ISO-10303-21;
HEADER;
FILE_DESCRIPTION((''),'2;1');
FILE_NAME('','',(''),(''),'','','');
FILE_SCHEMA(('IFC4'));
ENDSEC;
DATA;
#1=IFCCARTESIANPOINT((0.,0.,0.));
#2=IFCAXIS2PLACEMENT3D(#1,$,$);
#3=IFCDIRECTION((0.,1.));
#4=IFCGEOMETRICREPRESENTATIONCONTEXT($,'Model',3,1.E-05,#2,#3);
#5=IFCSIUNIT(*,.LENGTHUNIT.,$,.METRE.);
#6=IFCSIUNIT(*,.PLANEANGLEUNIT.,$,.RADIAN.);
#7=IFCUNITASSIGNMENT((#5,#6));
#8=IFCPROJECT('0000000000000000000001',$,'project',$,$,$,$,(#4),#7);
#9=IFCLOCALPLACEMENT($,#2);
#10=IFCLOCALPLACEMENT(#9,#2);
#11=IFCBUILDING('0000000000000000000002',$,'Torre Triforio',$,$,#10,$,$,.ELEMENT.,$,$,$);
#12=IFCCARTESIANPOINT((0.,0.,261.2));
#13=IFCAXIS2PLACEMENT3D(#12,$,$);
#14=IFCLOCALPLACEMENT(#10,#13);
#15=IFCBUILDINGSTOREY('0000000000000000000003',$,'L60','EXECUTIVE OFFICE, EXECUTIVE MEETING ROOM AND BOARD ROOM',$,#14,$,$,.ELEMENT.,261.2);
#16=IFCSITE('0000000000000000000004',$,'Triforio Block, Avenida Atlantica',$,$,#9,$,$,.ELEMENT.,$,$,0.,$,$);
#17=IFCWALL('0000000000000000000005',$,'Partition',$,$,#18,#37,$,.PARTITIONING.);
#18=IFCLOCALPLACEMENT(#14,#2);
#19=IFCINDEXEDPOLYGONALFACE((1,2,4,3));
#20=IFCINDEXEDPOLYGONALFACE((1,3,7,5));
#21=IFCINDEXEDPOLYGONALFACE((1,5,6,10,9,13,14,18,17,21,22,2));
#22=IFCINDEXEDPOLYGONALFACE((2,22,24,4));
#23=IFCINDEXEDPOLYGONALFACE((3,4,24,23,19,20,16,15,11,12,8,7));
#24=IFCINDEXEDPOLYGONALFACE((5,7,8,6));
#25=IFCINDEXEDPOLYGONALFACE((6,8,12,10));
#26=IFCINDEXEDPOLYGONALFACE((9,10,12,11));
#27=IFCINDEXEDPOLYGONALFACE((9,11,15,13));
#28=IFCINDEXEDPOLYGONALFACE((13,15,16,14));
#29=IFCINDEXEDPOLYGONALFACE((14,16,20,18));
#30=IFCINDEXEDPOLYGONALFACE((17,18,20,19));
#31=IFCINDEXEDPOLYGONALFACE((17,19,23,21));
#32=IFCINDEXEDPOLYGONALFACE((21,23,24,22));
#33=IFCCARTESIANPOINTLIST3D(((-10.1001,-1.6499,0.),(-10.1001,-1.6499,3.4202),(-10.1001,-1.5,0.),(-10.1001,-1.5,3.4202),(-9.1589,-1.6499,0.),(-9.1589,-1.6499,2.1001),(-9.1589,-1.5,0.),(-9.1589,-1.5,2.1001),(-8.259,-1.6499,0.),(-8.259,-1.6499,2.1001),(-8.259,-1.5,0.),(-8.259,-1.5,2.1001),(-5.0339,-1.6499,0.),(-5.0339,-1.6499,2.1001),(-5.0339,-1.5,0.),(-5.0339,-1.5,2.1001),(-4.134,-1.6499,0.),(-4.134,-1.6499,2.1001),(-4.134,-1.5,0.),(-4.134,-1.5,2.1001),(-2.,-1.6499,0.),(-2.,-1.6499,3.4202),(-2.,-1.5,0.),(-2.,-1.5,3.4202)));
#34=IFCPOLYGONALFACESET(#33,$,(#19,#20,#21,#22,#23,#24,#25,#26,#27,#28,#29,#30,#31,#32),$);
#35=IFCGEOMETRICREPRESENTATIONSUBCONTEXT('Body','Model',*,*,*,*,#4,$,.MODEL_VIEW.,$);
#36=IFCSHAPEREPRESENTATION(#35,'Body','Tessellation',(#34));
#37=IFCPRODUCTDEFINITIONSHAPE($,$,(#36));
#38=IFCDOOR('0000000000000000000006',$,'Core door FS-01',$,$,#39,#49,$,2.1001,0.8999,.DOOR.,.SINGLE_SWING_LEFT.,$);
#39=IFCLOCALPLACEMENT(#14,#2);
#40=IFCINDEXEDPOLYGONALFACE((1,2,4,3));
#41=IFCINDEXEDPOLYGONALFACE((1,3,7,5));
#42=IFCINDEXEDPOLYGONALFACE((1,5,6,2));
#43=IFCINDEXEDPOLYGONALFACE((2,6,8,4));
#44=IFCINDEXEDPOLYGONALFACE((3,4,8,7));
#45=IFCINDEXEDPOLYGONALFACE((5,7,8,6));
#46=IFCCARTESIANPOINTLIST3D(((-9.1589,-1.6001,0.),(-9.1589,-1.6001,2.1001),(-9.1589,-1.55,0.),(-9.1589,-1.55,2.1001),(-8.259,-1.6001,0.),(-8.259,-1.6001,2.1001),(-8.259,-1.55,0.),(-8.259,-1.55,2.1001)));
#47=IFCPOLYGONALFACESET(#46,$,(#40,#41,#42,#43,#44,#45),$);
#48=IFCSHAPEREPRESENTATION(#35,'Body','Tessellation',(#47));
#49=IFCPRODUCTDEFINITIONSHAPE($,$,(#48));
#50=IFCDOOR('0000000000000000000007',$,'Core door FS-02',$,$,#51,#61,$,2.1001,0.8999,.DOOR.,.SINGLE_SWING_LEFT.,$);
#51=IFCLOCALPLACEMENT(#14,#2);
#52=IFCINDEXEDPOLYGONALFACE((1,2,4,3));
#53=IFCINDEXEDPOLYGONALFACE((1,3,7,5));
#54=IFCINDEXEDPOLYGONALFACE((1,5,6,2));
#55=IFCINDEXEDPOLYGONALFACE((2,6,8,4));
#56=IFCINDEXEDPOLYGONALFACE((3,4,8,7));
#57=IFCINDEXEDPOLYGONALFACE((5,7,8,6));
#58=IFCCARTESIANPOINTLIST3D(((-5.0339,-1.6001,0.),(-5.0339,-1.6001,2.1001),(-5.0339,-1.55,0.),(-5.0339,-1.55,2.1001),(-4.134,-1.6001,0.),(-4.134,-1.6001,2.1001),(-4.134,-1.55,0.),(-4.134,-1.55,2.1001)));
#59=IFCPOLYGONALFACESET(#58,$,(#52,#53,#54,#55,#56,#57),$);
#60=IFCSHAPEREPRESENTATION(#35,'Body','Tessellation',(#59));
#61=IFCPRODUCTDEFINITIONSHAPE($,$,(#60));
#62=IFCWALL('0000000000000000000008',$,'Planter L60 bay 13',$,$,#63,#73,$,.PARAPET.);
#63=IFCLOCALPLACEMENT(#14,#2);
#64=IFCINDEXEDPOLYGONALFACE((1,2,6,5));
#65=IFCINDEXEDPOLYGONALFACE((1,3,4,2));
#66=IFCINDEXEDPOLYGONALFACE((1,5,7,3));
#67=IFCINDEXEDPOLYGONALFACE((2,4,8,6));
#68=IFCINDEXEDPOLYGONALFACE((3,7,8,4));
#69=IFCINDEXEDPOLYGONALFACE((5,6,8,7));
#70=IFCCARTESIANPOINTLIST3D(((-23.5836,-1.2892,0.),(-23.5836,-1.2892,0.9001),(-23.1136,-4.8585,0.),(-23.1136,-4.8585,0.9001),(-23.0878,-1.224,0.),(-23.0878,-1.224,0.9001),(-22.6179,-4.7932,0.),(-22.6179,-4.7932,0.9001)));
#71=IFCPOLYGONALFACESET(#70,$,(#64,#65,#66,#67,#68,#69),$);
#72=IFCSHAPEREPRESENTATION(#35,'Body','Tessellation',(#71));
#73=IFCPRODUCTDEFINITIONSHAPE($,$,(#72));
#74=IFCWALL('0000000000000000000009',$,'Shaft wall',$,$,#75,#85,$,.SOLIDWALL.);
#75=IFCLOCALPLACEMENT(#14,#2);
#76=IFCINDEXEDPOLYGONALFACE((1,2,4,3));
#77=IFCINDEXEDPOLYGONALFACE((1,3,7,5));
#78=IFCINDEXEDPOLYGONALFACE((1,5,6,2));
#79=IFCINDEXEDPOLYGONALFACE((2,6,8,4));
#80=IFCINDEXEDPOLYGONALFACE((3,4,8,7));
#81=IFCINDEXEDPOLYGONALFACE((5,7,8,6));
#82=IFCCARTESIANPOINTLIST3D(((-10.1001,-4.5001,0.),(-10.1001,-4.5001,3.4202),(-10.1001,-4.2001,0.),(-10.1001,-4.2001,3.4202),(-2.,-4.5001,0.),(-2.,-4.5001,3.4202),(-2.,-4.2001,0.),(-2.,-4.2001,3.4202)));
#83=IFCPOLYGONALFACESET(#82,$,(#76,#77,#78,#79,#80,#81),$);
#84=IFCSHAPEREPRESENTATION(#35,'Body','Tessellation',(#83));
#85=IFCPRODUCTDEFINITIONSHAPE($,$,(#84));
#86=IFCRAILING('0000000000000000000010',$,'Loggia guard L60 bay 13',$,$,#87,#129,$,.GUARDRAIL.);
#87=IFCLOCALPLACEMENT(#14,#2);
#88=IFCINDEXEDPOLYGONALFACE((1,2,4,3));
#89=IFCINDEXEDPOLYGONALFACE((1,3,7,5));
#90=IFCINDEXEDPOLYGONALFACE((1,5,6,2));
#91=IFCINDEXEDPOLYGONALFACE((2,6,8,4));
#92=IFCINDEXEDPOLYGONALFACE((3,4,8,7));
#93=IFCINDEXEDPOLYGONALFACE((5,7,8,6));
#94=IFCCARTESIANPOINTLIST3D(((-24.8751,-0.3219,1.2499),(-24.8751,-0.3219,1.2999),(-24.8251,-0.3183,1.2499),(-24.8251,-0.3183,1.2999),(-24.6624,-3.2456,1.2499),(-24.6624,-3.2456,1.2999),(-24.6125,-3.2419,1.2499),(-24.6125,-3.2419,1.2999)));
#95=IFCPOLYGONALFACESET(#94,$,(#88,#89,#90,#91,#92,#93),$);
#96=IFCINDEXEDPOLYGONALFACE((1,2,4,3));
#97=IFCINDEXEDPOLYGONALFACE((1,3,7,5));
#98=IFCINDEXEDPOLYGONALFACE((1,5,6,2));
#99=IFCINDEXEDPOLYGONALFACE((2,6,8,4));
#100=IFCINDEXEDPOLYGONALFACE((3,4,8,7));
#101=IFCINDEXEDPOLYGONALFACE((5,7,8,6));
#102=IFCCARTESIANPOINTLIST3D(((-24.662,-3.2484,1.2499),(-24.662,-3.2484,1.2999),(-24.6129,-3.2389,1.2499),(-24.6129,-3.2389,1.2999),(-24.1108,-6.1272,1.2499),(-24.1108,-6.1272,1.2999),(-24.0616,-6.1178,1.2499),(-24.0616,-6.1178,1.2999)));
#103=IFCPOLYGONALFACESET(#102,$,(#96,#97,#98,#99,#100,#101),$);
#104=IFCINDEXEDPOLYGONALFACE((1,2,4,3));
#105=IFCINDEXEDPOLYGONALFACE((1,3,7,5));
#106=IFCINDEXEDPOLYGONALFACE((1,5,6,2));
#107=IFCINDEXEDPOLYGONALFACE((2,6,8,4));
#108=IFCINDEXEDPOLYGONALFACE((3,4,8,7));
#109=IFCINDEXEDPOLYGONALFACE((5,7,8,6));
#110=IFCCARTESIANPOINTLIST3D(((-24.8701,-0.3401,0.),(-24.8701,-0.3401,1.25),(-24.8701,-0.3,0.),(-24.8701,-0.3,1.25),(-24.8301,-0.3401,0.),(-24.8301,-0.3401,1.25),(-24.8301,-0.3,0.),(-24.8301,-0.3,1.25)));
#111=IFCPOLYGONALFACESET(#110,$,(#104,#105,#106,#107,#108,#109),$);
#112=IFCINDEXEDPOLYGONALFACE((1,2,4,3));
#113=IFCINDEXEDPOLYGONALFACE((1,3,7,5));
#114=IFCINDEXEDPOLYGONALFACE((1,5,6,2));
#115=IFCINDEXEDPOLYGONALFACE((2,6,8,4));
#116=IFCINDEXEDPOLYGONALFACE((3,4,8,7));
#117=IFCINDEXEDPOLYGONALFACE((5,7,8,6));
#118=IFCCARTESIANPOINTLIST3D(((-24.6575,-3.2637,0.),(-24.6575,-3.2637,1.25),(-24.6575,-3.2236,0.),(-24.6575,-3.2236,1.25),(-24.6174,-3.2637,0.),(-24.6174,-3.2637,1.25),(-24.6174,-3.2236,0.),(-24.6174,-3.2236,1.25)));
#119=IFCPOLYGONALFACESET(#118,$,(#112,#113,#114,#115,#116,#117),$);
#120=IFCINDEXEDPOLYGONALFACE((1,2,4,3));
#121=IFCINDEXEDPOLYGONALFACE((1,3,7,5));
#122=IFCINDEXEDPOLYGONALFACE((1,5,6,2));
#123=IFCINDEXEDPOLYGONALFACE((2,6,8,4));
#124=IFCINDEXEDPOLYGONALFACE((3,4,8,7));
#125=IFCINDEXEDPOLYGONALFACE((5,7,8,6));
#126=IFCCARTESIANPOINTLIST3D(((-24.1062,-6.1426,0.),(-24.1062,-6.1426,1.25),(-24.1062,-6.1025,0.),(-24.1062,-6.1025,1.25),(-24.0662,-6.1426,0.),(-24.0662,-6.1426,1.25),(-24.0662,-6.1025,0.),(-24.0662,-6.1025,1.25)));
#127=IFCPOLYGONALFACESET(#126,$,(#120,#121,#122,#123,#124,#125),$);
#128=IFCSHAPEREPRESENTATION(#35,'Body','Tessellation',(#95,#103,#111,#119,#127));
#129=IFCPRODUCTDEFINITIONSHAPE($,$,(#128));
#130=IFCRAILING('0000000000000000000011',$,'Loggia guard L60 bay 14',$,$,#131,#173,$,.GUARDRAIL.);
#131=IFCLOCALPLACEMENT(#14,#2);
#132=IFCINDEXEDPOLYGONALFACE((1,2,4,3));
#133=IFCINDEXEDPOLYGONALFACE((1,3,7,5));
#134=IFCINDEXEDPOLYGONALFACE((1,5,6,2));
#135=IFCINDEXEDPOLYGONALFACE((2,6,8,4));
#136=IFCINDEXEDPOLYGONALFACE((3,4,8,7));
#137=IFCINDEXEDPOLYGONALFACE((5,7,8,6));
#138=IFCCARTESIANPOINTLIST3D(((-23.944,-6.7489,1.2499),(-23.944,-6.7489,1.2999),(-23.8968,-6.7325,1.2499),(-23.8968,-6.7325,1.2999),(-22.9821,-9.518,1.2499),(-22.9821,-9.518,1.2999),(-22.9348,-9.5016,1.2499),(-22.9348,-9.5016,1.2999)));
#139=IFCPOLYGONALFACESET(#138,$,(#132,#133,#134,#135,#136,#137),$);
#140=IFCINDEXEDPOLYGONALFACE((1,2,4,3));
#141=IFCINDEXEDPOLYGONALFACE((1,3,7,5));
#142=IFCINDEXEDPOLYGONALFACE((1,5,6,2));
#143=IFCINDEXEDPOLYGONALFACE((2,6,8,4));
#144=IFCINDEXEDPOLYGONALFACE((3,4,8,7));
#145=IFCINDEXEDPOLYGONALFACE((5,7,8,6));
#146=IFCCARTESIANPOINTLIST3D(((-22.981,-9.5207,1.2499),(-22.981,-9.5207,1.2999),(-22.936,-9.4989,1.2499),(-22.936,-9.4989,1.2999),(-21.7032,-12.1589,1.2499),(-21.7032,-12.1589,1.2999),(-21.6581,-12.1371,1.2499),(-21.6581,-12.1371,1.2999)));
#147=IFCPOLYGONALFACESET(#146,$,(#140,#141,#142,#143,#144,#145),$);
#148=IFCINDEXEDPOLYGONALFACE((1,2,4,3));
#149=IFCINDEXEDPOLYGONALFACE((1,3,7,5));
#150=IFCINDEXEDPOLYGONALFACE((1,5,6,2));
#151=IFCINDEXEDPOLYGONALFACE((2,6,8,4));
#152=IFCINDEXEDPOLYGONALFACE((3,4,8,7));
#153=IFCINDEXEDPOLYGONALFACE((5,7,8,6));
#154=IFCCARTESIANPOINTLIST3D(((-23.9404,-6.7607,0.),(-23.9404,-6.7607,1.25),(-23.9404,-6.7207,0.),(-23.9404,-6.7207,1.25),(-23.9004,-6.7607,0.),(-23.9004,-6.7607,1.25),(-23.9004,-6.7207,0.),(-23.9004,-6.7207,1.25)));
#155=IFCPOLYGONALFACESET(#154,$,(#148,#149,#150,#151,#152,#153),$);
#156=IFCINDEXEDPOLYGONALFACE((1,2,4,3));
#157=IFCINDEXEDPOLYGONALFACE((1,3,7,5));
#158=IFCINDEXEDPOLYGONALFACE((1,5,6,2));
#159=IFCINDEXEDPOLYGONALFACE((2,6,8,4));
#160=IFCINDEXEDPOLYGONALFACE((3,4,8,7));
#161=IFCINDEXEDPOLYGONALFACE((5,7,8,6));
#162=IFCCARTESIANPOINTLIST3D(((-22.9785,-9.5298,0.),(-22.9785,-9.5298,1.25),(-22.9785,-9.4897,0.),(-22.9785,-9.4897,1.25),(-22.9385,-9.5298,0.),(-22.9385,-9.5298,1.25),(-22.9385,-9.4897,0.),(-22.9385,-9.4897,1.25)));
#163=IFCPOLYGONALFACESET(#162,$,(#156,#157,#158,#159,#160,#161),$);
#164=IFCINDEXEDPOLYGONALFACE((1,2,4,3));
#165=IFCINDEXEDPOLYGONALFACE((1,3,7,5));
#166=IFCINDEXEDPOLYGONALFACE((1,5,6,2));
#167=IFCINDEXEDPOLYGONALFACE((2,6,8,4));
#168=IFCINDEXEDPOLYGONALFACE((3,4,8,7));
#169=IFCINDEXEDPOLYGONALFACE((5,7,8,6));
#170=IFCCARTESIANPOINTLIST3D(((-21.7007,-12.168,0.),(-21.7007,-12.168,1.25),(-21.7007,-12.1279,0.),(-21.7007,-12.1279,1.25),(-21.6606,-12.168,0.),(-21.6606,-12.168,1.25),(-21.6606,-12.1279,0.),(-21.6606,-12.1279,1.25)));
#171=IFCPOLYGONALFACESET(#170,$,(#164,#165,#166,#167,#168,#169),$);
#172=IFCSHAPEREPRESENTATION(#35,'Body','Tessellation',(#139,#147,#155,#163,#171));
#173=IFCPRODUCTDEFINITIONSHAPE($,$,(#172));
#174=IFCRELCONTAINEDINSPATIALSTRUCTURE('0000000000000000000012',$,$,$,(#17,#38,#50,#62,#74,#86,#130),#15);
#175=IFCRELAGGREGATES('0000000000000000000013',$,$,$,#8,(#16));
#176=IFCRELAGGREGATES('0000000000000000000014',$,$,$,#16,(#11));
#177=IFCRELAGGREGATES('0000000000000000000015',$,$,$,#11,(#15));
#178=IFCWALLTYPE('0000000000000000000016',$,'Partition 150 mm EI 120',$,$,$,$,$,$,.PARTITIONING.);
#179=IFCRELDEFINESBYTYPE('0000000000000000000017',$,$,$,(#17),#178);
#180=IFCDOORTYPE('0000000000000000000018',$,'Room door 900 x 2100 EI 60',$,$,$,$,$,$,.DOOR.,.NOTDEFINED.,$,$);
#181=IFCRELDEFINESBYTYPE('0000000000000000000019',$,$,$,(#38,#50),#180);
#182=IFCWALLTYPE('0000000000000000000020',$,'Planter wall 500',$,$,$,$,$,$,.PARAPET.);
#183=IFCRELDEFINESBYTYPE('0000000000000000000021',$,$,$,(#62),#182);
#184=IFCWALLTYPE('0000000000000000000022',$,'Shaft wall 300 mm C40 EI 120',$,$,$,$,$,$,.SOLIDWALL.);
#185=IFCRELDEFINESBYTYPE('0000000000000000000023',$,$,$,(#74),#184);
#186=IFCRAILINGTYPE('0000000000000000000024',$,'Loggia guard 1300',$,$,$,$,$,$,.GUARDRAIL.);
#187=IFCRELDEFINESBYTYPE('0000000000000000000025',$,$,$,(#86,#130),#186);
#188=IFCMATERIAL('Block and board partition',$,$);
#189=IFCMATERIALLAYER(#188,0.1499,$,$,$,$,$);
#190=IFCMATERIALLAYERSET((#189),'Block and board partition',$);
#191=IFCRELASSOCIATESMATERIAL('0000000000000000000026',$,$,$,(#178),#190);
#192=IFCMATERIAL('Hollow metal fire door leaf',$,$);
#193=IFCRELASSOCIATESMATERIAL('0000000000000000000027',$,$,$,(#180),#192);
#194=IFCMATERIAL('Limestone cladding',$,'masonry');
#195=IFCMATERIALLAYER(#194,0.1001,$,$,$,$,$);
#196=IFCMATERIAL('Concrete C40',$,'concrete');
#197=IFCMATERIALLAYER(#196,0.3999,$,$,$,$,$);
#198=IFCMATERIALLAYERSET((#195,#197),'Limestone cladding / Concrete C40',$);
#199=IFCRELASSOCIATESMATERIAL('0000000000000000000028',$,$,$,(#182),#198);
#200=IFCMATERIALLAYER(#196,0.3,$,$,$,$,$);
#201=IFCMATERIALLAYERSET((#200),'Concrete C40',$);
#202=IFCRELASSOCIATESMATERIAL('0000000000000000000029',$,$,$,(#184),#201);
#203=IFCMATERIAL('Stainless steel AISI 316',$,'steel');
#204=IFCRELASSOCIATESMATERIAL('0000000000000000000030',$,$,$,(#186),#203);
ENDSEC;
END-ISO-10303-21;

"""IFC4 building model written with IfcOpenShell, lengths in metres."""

from ifc_helpers import new_model, si_unit, direction, frame, frame_2d, origin, origin_2d, place, context, subcontext, project, spatial, rectangle, extrude, material, layer, layer_set, type_object, element, fill, save


model = new_model("IFC4")

# Units and contexts
model_context = context("Model", 3, precision=1e-05, world=origin(), true_north=direction((0.0, 1.0)))
body_context = subcontext(model_context, "Body", "Model", "MODEL_VIEW")
ifc_project = project(units=[si_unit("LENGTHUNIT", "METRE"), si_unit("PLANEANGLEUNIT", "RADIAN")], contexts=[model_context])

# Site, building, storey
site_placement = place(None, origin())
site = spatial("IfcSite", under=ifc_project, at=site_placement, Name="Triforio Block, Avenida Atlantica", CompositionType="ELEMENT", RefElevation=0.0)
building_placement = place(site_placement, origin())
building = spatial("IfcBuilding", under=site, at=building_placement, Name="Torre Triforio", CompositionType="ELEMENT")
storey_placement = place(building_placement, frame((0.0, 0.0, 261.2)))
storey = spatial("IfcBuildingStorey", under=building, at=storey_placement, Name="L60", Description="EXECUTIVE OFFICE, EXECUTIVE MEETING ROOM AND BOARD ROOM", CompositionType="ELEMENT", Elevation=261.2)

# Shared definitions
ifc_material_1 = material(Name="Concrete C40", Category="concrete")

# Shared definitions
ifc_material_2 = material(Name="Hollow metal fire door leaf")

# Wall, openings, doors
ifc_material_3 = material(Name="Block and board partition")
ifc_layer_1 = layer(ifc_material_3, 0.1499)
ifc_layer_set_1 = layer_set([ifc_layer_1], Name="Block and board partition")
wall_type_1 = type_object("IfcWallType", Name="Partition 150 mm EI 120", PredefinedType="PARTITIONING", material=ifc_layer_set_1)
wall_1_placement = place(storey_placement, frame((-10.1001, -1.575, 0.0), z_axis=(0.0, 0.0, 1.0), x_axis=(1.0, 0.0, 0.0)))
wall_1 = element("IfcWall", 1, at=wall_1_placement, inside=storey, type_object=wall_type_1, Name="Partition", PredefinedType="PARTITIONING", context=body_context, shape_type="SweptSolid", body=[
    extrude(rectangle(XDim=8.1001, YDim=0.1499, at=frame_2d((4.05, 0.0))), origin(), (0.0, 0.0, 1.0), 3.4202),
])
opening_1_placement = place(wall_1_placement, frame((0.9412, 0.0, 0.0)))
opening_1 = element("IfcOpeningElement", 2, at=opening_1_placement, cuts=wall_1, PredefinedType="OPENING", context=body_context, shape_type="SweptSolid", body=[
    extrude(rectangle(XDim=0.8999, YDim=2.1001, at=frame_2d((0.45, 1.05))), frame((0.0, 0.085, 0.0), z_axis=(0.0, -1.0, 0.0), x_axis=(1.0, 0.0, 0.0)), (0.0, 0.0, 1.0), 0.1699),
])
opening_2_placement = place(wall_1_placement, frame((5.0662, 0.0, 0.0)))
opening_2 = element("IfcOpeningElement", 3, at=opening_2_placement, cuts=wall_1, PredefinedType="OPENING", context=body_context, shape_type="SweptSolid", body=[
    extrude(rectangle(XDim=0.8999, YDim=2.1001, at=frame_2d((0.45, 1.05))), frame((0.0, 0.085, 0.0), z_axis=(0.0, -1.0, 0.0), x_axis=(1.0, 0.0, 0.0)), (0.0, 0.0, 1.0), 0.1699),
])
door_type_1 = type_object("IfcDoorType", Name="Room door 900 x 2100 EI 60", OperationType="NOTDEFINED", PredefinedType="DOOR", material=ifc_material_2)
door_1_placement = place(opening_1_placement, origin())
door_1 = element("IfcDoor", 4, at=door_1_placement, inside=storey, type_object=door_type_1, Name="Core door FS-01", OperationType="SINGLE_SWING_LEFT", OverallHeight=2.1001, OverallWidth=0.8999, PredefinedType="DOOR", context=body_context, shape_type="SweptSolid", body=[
    extrude(rectangle(XDim=0.8999, YDim=2.1001, at=frame_2d((0.45, 1.05))), frame((0.0, 0.0249, 0.0), z_axis=(0.0, -1.0, 0.0), x_axis=(1.0, 0.0, 0.0)), (0.0, 0.0, 1.0), 0.05),
])
fill(opening_1, door_1)
door_2_placement = place(opening_2_placement, origin())
door_2 = element("IfcDoor", 5, at=door_2_placement, inside=storey, type_object=door_type_1, Name="Core door FS-02", OperationType="SINGLE_SWING_LEFT", OverallHeight=2.1001, OverallWidth=0.8999, PredefinedType="DOOR", context=body_context, shape_type="SweptSolid", body=[
    extrude(rectangle(XDim=0.8999, YDim=2.1001, at=frame_2d((0.45, 1.05))), frame((0.0, 0.0249, 0.0), z_axis=(0.0, -1.0, 0.0), x_axis=(1.0, 0.0, 0.0)), (0.0, 0.0, 1.0), 0.05),
])
fill(opening_2, door_2)

# Walls
ifc_material_4 = material(Name="Limestone cladding", Category="masonry")
ifc_layer_2 = layer(ifc_material_4, 0.1001)
ifc_layer_3 = layer(ifc_material_1, 0.3999)
ifc_layer_set_2 = layer_set([ifc_layer_2, ifc_layer_3], Name="Limestone cladding / Concrete C40")
wall_type_2 = type_object("IfcWallType", Name="Planter wall 500", PredefinedType="PARAPET", material=ifc_layer_set_2)
wall_2_placement = place(storey_placement, frame((-23.3357, -1.2566, 0.0), z_axis=(0.0, 0.0, 1.0), x_axis=(0.130542, -0.991443, 0.0)))
element("IfcWall", 6, at=wall_2_placement, inside=storey, type_object=wall_type_2, Name="Planter L60 bay 13", PredefinedType="PARAPET", context=body_context, shape_type="SweptSolid", body=[
    extrude(rectangle(XDim=3.6001, YDim=0.5, at=frame_2d((1.8, 0.0))), origin(), (0.0, 0.0, 1.0), 0.9001),
])
ifc_layer_4 = layer(ifc_material_1, 0.3)
ifc_layer_set_3 = layer_set([ifc_layer_4], Name="Concrete C40")
wall_type_3 = type_object("IfcWallType", Name="Shaft wall 300 mm C40 EI 120", PredefinedType="SOLIDWALL", material=ifc_layer_set_3)
wall_3_placement = place(storey_placement, frame((-10.1001, -4.3501, 0.0), z_axis=(0.0, 0.0, 1.0), x_axis=(1.0, 0.0, 0.0)))
element("IfcWall", 7, at=wall_3_placement, inside=storey, type_object=wall_type_3, Name="Shaft wall", PredefinedType="SOLIDWALL", context=body_context, shape_type="SweptSolid", body=[
    extrude(rectangle(XDim=8.1001, YDim=0.3, at=frame_2d((4.05, 0.0))), origin(), (0.0, 0.0, 1.0), 3.4202),
])

# Railings
ifc_material_5 = material(Name="Stainless steel AISI 316", Category="steel")
railing_type = type_object("IfcRailingType", Name="Loggia guard 1300", PredefinedType="GUARDRAIL", material=ifc_material_5)
railing_1_placement = place(storey_placement, frame((-24.8501, -0.3201, 0.0)))
element("IfcRailing", 8, at=railing_1_placement, inside=storey, type_object=railing_type, Name="Loggia guard L60 bay 13", PredefinedType="GUARDRAIL", context=body_context, shape_type="SweptSolid", body=[
    extrude(rectangle(XDim=0.05, YDim=0.05, at=origin_2d()), frame((0.0, 0.0, 1.2749), z_axis=(0.072543, -0.997365, 0.0), x_axis=(0.997365, 0.072543, 0.0)), (0.0, 0.0, 1.0), 2.9314),
    extrude(rectangle(XDim=0.05, YDim=0.05, at=origin_2d()), frame((0.2126, -2.9236, 1.2749), z_axis=(0.188069, -0.982156, 0.0), x_axis=(0.982156, 0.188069, 0.0)), (0.0, 0.0, 1.0), 2.9312),
    extrude(rectangle(XDim=0.04, YDim=0.04, at=origin_2d()), origin(), (0.0, 0.0, 1.0), 1.25),
    extrude(rectangle(XDim=0.04, YDim=0.04, at=origin_2d()), frame((0.2126, -2.9236, 0.0)), (0.0, 0.0, 1.0), 1.25),
    extrude(rectangle(XDim=0.04, YDim=0.04, at=origin_2d()), frame((0.7639, -5.8025, 0.0)), (0.0, 0.0, 1.0), 1.25),
])
railing_2_placement = place(storey_placement, frame((-23.9204, -6.7407, 0.0)))
element("IfcRailing", 9, at=railing_2_placement, inside=storey, type_object=railing_type, Name="Loggia guard L60 bay 14", PredefinedType="GUARDRAIL", context=body_context, shape_type="SweptSolid", body=[
    extrude(rectangle(XDim=0.05, YDim=0.05, at=origin_2d()), frame((0.0, 0.0, 1.2749), z_axis=(0.328146, -0.944627, 0.0), x_axis=(0.944627, 0.328146, 0.0)), (0.0, 0.0, 1.0), 2.9314),
    extrude(rectangle(XDim=0.05, YDim=0.05, at=origin_2d()), frame((0.9619, -2.769, 1.2749), z_axis=(0.435918, -0.899986, 0.0), x_axis=(0.899986, 0.435918, 0.0)), (0.0, 0.0, 1.0), 2.9314),
    extrude(rectangle(XDim=0.04, YDim=0.04, at=origin_2d()), origin(), (0.0, 0.0, 1.0), 1.25),
    extrude(rectangle(XDim=0.04, YDim=0.04, at=origin_2d()), frame((0.9619, -2.769, 0.0)), (0.0, 0.0, 1.0), 1.25),
    extrude(rectangle(XDim=0.04, YDim=0.04, at=origin_2d()), frame((2.2397, -5.4072, 0.0)), (0.0, 0.0, 1.0), 1.25),
])

save(model, "model.ifc")
